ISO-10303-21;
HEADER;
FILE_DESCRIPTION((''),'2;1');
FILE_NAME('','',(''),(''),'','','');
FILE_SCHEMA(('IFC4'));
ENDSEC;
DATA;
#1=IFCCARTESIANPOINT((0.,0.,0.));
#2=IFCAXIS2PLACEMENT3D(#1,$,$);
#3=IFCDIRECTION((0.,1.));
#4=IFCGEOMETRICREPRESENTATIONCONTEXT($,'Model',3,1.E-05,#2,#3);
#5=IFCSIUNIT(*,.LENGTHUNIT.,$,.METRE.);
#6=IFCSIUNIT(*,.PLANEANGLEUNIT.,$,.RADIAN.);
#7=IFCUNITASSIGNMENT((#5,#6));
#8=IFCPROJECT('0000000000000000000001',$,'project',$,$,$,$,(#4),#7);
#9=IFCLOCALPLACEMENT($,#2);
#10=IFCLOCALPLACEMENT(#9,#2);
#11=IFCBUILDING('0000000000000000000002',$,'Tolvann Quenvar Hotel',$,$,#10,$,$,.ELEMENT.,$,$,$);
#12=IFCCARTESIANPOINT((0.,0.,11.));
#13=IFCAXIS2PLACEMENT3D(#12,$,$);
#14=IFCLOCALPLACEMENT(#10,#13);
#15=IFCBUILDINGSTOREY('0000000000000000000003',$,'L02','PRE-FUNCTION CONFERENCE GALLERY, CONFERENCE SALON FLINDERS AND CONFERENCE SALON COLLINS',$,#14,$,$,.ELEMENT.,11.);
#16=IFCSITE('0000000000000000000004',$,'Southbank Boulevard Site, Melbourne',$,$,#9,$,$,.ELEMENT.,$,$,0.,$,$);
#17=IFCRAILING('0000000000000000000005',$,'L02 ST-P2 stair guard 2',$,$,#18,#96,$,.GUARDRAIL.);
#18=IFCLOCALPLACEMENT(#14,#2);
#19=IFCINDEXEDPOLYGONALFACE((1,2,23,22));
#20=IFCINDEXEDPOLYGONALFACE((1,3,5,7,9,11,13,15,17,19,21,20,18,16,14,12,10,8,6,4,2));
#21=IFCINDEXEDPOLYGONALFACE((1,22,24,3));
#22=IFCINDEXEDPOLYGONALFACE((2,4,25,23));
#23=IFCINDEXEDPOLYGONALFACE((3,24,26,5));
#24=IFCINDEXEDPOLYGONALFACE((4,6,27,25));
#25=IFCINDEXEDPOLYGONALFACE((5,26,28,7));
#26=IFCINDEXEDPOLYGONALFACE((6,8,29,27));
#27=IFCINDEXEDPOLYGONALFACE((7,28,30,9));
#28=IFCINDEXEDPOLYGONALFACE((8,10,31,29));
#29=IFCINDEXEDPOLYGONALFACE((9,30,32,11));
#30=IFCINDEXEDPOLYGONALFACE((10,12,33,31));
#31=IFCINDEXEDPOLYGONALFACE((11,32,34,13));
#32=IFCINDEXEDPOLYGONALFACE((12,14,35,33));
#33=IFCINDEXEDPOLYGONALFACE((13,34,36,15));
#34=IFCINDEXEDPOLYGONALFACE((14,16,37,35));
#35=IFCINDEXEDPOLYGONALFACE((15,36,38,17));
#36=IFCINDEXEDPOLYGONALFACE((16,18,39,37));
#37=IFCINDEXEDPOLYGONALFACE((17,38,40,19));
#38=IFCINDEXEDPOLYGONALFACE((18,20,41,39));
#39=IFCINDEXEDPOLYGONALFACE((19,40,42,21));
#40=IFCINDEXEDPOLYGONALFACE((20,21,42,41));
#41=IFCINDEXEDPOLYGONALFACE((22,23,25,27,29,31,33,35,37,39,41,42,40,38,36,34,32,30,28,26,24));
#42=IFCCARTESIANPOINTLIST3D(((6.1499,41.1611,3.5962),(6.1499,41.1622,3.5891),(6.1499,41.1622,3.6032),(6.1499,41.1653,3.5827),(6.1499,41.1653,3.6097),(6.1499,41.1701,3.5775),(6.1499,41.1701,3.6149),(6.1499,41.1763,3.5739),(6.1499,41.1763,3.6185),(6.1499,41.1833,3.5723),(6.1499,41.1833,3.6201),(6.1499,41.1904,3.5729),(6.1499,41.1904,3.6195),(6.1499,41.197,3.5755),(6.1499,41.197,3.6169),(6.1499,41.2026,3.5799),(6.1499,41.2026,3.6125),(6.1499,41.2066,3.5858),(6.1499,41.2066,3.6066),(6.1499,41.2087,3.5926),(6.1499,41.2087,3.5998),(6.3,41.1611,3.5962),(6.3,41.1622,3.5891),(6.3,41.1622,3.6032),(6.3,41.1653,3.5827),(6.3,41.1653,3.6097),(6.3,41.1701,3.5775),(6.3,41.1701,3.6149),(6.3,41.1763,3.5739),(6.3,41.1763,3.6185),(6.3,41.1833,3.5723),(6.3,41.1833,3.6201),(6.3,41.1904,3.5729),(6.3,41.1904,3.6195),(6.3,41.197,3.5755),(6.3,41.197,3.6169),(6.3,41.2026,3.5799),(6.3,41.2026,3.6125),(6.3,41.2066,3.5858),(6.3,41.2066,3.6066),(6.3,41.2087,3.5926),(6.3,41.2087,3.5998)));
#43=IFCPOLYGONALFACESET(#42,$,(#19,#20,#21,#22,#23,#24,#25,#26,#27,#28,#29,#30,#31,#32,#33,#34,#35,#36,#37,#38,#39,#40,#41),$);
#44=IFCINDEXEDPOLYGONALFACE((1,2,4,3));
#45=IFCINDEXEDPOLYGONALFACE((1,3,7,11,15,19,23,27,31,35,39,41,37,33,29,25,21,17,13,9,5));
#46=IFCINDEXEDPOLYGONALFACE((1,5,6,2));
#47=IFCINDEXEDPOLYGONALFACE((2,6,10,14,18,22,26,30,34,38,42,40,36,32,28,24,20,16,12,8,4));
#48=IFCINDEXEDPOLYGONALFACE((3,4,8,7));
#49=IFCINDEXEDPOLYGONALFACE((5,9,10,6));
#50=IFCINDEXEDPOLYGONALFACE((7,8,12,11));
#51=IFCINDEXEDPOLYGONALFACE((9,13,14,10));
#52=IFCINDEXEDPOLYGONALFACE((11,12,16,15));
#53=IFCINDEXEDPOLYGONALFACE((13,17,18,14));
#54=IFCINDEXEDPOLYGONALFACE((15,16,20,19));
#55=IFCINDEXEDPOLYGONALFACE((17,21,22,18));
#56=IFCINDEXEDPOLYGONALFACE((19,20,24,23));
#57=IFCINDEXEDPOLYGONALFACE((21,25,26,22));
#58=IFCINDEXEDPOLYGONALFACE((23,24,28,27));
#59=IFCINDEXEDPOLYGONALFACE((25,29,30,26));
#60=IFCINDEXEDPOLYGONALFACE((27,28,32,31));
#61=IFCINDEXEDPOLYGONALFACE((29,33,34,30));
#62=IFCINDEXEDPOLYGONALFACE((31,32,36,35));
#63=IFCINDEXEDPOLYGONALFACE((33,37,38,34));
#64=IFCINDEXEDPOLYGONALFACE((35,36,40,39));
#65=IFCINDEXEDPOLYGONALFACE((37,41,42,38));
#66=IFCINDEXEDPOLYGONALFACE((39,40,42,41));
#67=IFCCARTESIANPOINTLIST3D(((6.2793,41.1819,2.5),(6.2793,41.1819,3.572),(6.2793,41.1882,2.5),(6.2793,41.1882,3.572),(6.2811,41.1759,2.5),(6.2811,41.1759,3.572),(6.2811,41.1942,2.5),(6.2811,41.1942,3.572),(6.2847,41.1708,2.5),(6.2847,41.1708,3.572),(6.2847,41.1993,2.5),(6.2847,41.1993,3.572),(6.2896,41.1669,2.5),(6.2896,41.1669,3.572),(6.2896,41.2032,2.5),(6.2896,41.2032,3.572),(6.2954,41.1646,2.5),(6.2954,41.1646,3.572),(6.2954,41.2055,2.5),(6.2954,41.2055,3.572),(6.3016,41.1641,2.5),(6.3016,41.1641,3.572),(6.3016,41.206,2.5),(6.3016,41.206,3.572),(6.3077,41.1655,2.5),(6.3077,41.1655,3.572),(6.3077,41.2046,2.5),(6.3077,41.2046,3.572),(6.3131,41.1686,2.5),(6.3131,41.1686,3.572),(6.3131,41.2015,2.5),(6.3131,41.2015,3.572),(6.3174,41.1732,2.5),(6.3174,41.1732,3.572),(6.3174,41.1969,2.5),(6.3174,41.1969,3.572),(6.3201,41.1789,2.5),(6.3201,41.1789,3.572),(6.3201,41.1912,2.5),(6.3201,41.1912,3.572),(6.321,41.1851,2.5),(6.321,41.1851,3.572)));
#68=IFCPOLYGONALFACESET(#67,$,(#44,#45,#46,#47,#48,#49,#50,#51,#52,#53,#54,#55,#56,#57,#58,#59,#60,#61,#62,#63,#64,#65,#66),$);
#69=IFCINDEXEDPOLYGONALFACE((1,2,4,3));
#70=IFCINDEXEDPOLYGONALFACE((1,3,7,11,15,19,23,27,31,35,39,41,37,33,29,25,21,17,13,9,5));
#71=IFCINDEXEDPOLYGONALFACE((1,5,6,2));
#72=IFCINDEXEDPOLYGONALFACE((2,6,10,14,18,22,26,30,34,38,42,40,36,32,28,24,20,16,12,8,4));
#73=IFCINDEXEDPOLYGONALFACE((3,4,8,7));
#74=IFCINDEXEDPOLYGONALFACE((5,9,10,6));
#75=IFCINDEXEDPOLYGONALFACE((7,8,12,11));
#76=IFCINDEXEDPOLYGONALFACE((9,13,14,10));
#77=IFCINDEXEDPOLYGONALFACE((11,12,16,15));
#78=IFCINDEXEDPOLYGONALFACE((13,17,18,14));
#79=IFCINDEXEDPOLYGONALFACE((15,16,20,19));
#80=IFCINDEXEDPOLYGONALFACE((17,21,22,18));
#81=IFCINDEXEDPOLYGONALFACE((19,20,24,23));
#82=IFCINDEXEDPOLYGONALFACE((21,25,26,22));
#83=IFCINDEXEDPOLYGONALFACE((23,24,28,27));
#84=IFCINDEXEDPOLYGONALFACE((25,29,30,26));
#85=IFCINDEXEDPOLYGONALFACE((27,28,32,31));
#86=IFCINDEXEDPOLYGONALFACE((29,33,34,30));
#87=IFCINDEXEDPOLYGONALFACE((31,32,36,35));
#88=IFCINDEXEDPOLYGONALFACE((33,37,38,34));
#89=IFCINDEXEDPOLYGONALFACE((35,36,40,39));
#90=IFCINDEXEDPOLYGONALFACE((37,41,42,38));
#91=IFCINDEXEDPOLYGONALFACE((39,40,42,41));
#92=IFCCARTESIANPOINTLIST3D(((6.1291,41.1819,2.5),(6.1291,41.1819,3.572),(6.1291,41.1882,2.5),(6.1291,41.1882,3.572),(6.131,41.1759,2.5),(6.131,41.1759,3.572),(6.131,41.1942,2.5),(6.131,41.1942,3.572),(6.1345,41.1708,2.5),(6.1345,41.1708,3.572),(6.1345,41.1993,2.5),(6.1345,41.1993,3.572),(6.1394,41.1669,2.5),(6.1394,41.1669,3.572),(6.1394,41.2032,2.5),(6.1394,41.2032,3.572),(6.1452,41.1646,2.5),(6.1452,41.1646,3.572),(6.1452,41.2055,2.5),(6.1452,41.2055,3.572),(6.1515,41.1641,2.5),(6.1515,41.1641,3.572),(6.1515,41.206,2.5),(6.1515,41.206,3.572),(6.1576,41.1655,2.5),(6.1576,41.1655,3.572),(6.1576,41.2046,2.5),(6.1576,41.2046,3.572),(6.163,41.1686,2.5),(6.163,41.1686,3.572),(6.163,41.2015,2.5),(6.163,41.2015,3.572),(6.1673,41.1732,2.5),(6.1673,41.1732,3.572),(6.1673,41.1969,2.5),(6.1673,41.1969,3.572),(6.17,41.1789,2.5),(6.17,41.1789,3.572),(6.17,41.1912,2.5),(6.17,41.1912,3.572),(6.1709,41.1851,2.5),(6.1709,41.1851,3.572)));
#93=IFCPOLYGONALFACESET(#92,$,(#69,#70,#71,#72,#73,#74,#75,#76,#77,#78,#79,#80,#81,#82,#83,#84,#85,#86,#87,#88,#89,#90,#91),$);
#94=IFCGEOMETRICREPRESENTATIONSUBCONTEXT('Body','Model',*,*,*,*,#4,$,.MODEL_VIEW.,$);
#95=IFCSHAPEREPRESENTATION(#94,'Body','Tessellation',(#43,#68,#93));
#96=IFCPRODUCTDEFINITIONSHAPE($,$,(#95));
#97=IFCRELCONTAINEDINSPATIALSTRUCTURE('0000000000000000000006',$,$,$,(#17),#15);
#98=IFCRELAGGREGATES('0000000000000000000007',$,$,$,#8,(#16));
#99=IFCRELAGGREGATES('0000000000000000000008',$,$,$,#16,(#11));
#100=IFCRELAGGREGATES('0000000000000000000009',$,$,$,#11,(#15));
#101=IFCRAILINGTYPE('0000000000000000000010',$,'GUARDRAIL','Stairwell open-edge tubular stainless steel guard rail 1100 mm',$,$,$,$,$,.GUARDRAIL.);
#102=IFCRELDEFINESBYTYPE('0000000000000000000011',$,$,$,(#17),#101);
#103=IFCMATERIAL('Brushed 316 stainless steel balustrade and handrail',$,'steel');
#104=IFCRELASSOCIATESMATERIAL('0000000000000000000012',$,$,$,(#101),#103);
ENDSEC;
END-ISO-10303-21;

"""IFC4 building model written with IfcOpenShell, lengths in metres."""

from ifc_helpers import new_model, si_unit, direction, frame, origin, origin_2d, place, context, subcontext, project, spatial, circle, extrude, material, type_object, element, save


model = new_model("IFC4")

# Units and contexts
model_context = context("Model", 3, precision=1e-05, world=origin(), true_north=direction((0.0, 1.0)))
body_context = subcontext(model_context, "Body", "Model", "MODEL_VIEW")
ifc_project = project(units=[si_unit("LENGTHUNIT", "METRE"), si_unit("PLANEANGLEUNIT", "RADIAN")], contexts=[model_context])

# Site, building, storey
site_placement = place(None, origin())
site = spatial("IfcSite", under=ifc_project, at=site_placement, Name="Southbank Boulevard Site, Melbourne", CompositionType="ELEMENT", RefElevation=0.0)
building_placement = place(site_placement, origin())
building = spatial("IfcBuilding", under=site, at=building_placement, Name="Tolvann Quenvar Hotel", CompositionType="ELEMENT")
storey_placement = place(building_placement, frame((0.0, 0.0, 11.0)))
storey = spatial("IfcBuildingStorey", under=building, at=storey_placement, Name="L02", Description="PRE-FUNCTION CONFERENCE GALLERY, CONFERENCE SALON FLINDERS AND CONFERENCE SALON COLLINS", CompositionType="ELEMENT", Elevation=11.0)

# Railing
ifc_material_1 = material(Name="Brushed 316 stainless steel balustrade and handrail", Category="steel")
railing_type_1 = type_object("IfcRailingType", Name="GUARDRAIL", Description="Stairwell open-edge tubular stainless steel guard rail 1100 mm", PredefinedType="GUARDRAIL", material=ifc_material_1)
railing_1_placement = place(storey_placement, frame((6.3, 41.1851, 2.5)))
element("IfcRailing", 1, at=railing_1_placement, inside=storey, type_object=railing_type_1, Name="L02 ST-P2 stair guard 2", PredefinedType="GUARDRAIL", context=body_context, shape_type="SweptSolid", body=[
    extrude(circle(Radius=0.0239, at=origin_2d()), frame((0.0, 0.0, 1.0962), z_axis=(-1.0, 0.0, 0.0), x_axis=(0.0, -1.0, 0.0)), (0.0, 0.0, 1.0), 0.1501),
    extrude(circle(Radius=0.021, at=origin_2d()), origin(), (0.0, 0.0, 1.0), 1.072),
    extrude(circle(Radius=0.021, at=origin_2d()), frame((-0.1501, 0.0, 0.0)), (0.0, 0.0, 1.0), 1.072),
])

save(model, "model.ifc")
